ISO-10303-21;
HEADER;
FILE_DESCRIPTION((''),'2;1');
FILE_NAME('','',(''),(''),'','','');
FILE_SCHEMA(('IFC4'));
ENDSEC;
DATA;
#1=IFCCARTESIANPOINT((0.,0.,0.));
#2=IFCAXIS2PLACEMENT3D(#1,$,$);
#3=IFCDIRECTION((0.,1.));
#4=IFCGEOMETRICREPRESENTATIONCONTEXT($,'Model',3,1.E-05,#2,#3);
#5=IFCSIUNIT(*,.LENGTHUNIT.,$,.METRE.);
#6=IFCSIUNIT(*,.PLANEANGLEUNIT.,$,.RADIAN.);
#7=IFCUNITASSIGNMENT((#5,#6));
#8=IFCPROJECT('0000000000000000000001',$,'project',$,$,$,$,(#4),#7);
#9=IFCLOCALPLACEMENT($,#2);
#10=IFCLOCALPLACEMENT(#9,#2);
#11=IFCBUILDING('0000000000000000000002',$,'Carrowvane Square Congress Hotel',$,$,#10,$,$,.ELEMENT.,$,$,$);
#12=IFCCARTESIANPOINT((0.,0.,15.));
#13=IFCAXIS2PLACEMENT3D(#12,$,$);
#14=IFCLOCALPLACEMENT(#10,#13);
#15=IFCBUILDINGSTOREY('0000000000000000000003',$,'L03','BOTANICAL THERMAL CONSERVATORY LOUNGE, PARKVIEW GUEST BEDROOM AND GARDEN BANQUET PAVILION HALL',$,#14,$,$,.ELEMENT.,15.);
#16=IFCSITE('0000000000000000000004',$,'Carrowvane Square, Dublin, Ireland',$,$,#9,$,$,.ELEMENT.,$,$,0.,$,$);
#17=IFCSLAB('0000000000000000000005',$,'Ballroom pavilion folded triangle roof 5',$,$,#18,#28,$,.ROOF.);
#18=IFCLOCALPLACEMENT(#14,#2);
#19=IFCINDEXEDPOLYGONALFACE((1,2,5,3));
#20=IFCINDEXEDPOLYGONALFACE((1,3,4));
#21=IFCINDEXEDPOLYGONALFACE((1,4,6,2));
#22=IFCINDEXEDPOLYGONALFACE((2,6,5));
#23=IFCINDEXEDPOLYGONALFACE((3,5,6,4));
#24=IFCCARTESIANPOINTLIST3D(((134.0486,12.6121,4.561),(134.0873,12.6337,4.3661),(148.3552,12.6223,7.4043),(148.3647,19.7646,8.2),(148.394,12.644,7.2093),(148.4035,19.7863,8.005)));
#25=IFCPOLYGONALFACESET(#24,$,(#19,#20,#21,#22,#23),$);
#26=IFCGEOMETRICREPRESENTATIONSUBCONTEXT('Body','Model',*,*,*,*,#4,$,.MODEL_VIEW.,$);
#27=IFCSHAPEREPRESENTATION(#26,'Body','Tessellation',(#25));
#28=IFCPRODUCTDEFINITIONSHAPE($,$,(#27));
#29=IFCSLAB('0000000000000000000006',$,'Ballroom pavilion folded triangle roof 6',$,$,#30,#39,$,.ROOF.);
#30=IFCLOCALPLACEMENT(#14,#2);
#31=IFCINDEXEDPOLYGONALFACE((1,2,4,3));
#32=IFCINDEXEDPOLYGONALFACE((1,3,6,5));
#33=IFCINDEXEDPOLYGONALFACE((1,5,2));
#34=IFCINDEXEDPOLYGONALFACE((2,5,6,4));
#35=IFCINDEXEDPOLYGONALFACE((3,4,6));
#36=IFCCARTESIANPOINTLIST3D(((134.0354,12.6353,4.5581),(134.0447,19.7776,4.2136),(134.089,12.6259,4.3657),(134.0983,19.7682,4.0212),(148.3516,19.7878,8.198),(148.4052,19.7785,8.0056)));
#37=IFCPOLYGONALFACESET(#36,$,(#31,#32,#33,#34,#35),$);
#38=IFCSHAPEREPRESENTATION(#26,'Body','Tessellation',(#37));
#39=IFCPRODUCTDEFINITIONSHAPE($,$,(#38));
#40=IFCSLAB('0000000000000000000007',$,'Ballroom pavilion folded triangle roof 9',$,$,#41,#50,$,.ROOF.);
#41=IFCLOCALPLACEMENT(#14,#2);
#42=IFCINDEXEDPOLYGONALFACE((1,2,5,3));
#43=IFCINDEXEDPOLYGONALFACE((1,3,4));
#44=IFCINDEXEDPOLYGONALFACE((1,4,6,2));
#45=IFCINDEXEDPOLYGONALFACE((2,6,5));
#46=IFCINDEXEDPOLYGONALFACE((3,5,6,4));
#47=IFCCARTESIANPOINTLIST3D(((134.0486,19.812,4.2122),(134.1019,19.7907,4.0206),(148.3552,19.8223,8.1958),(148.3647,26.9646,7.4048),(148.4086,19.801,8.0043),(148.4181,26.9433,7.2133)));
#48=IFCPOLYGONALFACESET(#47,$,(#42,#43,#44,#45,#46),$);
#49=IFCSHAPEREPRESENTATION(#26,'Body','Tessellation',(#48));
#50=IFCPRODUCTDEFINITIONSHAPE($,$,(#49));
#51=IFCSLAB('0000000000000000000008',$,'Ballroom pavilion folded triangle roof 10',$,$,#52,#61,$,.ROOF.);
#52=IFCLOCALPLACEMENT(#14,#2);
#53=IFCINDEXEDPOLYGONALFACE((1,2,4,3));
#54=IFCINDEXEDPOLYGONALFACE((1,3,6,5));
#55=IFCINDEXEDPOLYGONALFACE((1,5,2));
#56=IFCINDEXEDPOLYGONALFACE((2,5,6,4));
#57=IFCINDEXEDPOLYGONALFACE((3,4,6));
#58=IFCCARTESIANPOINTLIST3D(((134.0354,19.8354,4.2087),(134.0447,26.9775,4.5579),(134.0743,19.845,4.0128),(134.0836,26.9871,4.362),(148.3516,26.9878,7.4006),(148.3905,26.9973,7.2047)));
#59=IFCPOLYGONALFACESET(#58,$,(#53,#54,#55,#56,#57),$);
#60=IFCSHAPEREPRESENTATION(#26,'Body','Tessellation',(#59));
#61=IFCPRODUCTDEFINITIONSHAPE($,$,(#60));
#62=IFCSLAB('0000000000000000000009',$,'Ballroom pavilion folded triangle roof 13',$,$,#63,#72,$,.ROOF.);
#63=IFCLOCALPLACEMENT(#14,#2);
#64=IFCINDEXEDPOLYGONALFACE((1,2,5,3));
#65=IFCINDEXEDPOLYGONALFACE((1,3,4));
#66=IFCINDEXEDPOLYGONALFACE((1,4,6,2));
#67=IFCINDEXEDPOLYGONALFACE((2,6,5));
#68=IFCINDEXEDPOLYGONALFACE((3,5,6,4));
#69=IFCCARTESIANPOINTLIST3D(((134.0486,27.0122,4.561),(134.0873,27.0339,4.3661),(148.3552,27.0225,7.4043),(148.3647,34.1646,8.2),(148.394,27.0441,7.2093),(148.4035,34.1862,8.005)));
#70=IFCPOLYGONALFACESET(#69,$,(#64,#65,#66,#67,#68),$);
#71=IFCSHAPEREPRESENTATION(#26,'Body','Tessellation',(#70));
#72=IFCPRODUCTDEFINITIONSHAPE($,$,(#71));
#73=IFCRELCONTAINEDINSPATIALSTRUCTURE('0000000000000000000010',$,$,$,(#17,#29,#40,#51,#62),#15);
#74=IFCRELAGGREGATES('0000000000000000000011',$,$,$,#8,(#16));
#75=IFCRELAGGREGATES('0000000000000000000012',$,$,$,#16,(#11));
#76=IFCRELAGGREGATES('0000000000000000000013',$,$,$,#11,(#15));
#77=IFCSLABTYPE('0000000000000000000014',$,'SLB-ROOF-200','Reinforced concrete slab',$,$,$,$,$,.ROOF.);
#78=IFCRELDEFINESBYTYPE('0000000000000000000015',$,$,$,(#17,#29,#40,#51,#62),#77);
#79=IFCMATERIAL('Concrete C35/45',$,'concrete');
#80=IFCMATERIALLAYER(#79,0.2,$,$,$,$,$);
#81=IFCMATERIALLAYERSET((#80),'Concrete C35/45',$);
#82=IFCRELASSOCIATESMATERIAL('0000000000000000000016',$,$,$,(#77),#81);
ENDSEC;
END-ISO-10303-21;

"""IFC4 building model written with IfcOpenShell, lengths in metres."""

from ifc_helpers import new_model, si_unit, direction, frame, origin, place, context, subcontext, project, spatial, polyline, outline, extrude, material, layer, layer_set, type_object, element, save


model = new_model("IFC4")

# Units and contexts
model_context = context("Model", 3, precision=1e-05, world=origin(), true_north=direction((0.0, 1.0)))
body_context = subcontext(model_context, "Body", "Model", "MODEL_VIEW")
ifc_project = project(units=[si_unit("LENGTHUNIT", "METRE"), si_unit("PLANEANGLEUNIT", "RADIAN")], contexts=[model_context])

# Site, building, storey
site_placement = place(None, origin())
site = spatial("IfcSite", under=ifc_project, at=site_placement, Name="Carrowvane Square, Dublin, Ireland", CompositionType="ELEMENT", RefElevation=0.0)
building_placement = place(site_placement, origin())
building = spatial("IfcBuilding", under=site, at=building_placement, Name="Carrowvane Square Congress Hotel", CompositionType="ELEMENT")
storey_placement = place(building_placement, frame((0.0, 0.0, 15.0)))
storey = spatial("IfcBuildingStorey", under=building, at=storey_placement, Name="L03", Description="BOTANICAL THERMAL CONSERVATORY LOUNGE, PARKVIEW GUEST BEDROOM AND GARDEN BANQUET PAVILION HALL", CompositionType="ELEMENT", Elevation=15.0)

# Slabs
ifc_material_1 = material(Name="Concrete C35/45", Category="concrete")
ifc_layer_1 = layer(ifc_material_1, 0.2)
ifc_layer_set_1 = layer_set([ifc_layer_1], Name="Concrete C35/45")
slab_type = type_object("IfcSlabType", Name="SLB-ROOF-200", Description="Reinforced concrete slab", PredefinedType="ROOF", material=ifc_layer_set_1)
slab_1_placement = place(storey_placement, frame((134.0486, 12.6121, 4.561), z_axis=(-0.193703, -0.108363, 0.975057), x_axis=(0.980818, 0.000703, 0.194925)))
element("IfcSlab", 1, at=slab_1_placement, inside=storey, type_object=slab_type, Name="Ballroom pavilion folded triangle roof 5", PredefinedType="ROOF", context=body_context, shape_type="SweptSolid", body=[
    extrude(outline(polyline([(0.0, 0.0), (14.5864, 0.0), (14.7559, 7.1845), (0.0, 0.0)])), origin(), (0.0, 0.0, -1.0), 0.2),
])
slab_2_placement = place(storey_placement, frame((134.0354, 12.6353, 4.5581), z_axis=(-0.268022, 0.04676, 0.962277), x_axis=(0.872287, 0.435809, 0.221779)))
element("IfcSlab", 2, at=slab_2_placement, inside=storey, type_object=slab_type, Name="Ballroom pavilion folded triangle roof 6", PredefinedType="ROOF", context=body_context, shape_type="SweptSolid", body=[
    extrude(outline(polyline([(0.0, 0.0), (16.4122, 0.0), (3.0444, 6.4702), (0.0, 0.0)])), origin(), (0.0, 0.0, -1.0), 0.2),
])
slab_3_placement = place(storey_placement, frame((134.0486, 19.812, 4.2122), z_axis=(-0.266789, 0.106439, 0.957859), x_axis=(0.963351, 0.00069, 0.268242)))
element("IfcSlab", 3, at=slab_3_placement, inside=storey, type_object=slab_type, Name="Ballroom pavilion folded triangle roof 9", PredefinedType="ROOF", context=body_context, shape_type="SweptSolid", body=[
    extrude(outline(polyline([(0.0, 0.0), (14.8509, 0.0), (14.6528, 7.1833), (0.0, 0.0)])), origin(), (0.0, 0.0, -1.0), 0.2),
])
slab_4_placement = place(storey_placement, frame((134.0354, 19.8354, 4.2087), z_axis=(-0.194636, -0.047638, 0.979718), x_axis=(0.877291, 0.438294, 0.195599)))
element("IfcSlab", 4, at=slab_4_placement, inside=storey, type_object=slab_type, Name="Ballroom pavilion folded triangle roof 10", PredefinedType="ROOF", context=body_context, shape_type="SweptSolid", body=[
    extrude(outline(polyline([(0.0, 0.0), (16.3186, 0.0), (3.2068, 6.3913), (0.0, 0.0)])), origin(), (0.0, 0.0, -1.0), 0.2),
])
slab_5_placement = place(storey_placement, frame((134.0486, 27.0122, 4.561), z_axis=(-0.193702, -0.108367, 0.975057), x_axis=(0.980818, 0.000703, 0.194925)))
element("IfcSlab", 5, at=slab_5_placement, inside=storey, type_object=slab_type, Name="Ballroom pavilion folded triangle roof 13", PredefinedType="ROOF", context=body_context, shape_type="SweptSolid", body=[
    extrude(outline(polyline([(0.0, 0.0), (14.5864, 0.0), (14.7559, 7.1843), (0.0, 0.0)])), origin(), (0.0, 0.0, -1.0), 0.2),
])

save(model, "model.ifc")
